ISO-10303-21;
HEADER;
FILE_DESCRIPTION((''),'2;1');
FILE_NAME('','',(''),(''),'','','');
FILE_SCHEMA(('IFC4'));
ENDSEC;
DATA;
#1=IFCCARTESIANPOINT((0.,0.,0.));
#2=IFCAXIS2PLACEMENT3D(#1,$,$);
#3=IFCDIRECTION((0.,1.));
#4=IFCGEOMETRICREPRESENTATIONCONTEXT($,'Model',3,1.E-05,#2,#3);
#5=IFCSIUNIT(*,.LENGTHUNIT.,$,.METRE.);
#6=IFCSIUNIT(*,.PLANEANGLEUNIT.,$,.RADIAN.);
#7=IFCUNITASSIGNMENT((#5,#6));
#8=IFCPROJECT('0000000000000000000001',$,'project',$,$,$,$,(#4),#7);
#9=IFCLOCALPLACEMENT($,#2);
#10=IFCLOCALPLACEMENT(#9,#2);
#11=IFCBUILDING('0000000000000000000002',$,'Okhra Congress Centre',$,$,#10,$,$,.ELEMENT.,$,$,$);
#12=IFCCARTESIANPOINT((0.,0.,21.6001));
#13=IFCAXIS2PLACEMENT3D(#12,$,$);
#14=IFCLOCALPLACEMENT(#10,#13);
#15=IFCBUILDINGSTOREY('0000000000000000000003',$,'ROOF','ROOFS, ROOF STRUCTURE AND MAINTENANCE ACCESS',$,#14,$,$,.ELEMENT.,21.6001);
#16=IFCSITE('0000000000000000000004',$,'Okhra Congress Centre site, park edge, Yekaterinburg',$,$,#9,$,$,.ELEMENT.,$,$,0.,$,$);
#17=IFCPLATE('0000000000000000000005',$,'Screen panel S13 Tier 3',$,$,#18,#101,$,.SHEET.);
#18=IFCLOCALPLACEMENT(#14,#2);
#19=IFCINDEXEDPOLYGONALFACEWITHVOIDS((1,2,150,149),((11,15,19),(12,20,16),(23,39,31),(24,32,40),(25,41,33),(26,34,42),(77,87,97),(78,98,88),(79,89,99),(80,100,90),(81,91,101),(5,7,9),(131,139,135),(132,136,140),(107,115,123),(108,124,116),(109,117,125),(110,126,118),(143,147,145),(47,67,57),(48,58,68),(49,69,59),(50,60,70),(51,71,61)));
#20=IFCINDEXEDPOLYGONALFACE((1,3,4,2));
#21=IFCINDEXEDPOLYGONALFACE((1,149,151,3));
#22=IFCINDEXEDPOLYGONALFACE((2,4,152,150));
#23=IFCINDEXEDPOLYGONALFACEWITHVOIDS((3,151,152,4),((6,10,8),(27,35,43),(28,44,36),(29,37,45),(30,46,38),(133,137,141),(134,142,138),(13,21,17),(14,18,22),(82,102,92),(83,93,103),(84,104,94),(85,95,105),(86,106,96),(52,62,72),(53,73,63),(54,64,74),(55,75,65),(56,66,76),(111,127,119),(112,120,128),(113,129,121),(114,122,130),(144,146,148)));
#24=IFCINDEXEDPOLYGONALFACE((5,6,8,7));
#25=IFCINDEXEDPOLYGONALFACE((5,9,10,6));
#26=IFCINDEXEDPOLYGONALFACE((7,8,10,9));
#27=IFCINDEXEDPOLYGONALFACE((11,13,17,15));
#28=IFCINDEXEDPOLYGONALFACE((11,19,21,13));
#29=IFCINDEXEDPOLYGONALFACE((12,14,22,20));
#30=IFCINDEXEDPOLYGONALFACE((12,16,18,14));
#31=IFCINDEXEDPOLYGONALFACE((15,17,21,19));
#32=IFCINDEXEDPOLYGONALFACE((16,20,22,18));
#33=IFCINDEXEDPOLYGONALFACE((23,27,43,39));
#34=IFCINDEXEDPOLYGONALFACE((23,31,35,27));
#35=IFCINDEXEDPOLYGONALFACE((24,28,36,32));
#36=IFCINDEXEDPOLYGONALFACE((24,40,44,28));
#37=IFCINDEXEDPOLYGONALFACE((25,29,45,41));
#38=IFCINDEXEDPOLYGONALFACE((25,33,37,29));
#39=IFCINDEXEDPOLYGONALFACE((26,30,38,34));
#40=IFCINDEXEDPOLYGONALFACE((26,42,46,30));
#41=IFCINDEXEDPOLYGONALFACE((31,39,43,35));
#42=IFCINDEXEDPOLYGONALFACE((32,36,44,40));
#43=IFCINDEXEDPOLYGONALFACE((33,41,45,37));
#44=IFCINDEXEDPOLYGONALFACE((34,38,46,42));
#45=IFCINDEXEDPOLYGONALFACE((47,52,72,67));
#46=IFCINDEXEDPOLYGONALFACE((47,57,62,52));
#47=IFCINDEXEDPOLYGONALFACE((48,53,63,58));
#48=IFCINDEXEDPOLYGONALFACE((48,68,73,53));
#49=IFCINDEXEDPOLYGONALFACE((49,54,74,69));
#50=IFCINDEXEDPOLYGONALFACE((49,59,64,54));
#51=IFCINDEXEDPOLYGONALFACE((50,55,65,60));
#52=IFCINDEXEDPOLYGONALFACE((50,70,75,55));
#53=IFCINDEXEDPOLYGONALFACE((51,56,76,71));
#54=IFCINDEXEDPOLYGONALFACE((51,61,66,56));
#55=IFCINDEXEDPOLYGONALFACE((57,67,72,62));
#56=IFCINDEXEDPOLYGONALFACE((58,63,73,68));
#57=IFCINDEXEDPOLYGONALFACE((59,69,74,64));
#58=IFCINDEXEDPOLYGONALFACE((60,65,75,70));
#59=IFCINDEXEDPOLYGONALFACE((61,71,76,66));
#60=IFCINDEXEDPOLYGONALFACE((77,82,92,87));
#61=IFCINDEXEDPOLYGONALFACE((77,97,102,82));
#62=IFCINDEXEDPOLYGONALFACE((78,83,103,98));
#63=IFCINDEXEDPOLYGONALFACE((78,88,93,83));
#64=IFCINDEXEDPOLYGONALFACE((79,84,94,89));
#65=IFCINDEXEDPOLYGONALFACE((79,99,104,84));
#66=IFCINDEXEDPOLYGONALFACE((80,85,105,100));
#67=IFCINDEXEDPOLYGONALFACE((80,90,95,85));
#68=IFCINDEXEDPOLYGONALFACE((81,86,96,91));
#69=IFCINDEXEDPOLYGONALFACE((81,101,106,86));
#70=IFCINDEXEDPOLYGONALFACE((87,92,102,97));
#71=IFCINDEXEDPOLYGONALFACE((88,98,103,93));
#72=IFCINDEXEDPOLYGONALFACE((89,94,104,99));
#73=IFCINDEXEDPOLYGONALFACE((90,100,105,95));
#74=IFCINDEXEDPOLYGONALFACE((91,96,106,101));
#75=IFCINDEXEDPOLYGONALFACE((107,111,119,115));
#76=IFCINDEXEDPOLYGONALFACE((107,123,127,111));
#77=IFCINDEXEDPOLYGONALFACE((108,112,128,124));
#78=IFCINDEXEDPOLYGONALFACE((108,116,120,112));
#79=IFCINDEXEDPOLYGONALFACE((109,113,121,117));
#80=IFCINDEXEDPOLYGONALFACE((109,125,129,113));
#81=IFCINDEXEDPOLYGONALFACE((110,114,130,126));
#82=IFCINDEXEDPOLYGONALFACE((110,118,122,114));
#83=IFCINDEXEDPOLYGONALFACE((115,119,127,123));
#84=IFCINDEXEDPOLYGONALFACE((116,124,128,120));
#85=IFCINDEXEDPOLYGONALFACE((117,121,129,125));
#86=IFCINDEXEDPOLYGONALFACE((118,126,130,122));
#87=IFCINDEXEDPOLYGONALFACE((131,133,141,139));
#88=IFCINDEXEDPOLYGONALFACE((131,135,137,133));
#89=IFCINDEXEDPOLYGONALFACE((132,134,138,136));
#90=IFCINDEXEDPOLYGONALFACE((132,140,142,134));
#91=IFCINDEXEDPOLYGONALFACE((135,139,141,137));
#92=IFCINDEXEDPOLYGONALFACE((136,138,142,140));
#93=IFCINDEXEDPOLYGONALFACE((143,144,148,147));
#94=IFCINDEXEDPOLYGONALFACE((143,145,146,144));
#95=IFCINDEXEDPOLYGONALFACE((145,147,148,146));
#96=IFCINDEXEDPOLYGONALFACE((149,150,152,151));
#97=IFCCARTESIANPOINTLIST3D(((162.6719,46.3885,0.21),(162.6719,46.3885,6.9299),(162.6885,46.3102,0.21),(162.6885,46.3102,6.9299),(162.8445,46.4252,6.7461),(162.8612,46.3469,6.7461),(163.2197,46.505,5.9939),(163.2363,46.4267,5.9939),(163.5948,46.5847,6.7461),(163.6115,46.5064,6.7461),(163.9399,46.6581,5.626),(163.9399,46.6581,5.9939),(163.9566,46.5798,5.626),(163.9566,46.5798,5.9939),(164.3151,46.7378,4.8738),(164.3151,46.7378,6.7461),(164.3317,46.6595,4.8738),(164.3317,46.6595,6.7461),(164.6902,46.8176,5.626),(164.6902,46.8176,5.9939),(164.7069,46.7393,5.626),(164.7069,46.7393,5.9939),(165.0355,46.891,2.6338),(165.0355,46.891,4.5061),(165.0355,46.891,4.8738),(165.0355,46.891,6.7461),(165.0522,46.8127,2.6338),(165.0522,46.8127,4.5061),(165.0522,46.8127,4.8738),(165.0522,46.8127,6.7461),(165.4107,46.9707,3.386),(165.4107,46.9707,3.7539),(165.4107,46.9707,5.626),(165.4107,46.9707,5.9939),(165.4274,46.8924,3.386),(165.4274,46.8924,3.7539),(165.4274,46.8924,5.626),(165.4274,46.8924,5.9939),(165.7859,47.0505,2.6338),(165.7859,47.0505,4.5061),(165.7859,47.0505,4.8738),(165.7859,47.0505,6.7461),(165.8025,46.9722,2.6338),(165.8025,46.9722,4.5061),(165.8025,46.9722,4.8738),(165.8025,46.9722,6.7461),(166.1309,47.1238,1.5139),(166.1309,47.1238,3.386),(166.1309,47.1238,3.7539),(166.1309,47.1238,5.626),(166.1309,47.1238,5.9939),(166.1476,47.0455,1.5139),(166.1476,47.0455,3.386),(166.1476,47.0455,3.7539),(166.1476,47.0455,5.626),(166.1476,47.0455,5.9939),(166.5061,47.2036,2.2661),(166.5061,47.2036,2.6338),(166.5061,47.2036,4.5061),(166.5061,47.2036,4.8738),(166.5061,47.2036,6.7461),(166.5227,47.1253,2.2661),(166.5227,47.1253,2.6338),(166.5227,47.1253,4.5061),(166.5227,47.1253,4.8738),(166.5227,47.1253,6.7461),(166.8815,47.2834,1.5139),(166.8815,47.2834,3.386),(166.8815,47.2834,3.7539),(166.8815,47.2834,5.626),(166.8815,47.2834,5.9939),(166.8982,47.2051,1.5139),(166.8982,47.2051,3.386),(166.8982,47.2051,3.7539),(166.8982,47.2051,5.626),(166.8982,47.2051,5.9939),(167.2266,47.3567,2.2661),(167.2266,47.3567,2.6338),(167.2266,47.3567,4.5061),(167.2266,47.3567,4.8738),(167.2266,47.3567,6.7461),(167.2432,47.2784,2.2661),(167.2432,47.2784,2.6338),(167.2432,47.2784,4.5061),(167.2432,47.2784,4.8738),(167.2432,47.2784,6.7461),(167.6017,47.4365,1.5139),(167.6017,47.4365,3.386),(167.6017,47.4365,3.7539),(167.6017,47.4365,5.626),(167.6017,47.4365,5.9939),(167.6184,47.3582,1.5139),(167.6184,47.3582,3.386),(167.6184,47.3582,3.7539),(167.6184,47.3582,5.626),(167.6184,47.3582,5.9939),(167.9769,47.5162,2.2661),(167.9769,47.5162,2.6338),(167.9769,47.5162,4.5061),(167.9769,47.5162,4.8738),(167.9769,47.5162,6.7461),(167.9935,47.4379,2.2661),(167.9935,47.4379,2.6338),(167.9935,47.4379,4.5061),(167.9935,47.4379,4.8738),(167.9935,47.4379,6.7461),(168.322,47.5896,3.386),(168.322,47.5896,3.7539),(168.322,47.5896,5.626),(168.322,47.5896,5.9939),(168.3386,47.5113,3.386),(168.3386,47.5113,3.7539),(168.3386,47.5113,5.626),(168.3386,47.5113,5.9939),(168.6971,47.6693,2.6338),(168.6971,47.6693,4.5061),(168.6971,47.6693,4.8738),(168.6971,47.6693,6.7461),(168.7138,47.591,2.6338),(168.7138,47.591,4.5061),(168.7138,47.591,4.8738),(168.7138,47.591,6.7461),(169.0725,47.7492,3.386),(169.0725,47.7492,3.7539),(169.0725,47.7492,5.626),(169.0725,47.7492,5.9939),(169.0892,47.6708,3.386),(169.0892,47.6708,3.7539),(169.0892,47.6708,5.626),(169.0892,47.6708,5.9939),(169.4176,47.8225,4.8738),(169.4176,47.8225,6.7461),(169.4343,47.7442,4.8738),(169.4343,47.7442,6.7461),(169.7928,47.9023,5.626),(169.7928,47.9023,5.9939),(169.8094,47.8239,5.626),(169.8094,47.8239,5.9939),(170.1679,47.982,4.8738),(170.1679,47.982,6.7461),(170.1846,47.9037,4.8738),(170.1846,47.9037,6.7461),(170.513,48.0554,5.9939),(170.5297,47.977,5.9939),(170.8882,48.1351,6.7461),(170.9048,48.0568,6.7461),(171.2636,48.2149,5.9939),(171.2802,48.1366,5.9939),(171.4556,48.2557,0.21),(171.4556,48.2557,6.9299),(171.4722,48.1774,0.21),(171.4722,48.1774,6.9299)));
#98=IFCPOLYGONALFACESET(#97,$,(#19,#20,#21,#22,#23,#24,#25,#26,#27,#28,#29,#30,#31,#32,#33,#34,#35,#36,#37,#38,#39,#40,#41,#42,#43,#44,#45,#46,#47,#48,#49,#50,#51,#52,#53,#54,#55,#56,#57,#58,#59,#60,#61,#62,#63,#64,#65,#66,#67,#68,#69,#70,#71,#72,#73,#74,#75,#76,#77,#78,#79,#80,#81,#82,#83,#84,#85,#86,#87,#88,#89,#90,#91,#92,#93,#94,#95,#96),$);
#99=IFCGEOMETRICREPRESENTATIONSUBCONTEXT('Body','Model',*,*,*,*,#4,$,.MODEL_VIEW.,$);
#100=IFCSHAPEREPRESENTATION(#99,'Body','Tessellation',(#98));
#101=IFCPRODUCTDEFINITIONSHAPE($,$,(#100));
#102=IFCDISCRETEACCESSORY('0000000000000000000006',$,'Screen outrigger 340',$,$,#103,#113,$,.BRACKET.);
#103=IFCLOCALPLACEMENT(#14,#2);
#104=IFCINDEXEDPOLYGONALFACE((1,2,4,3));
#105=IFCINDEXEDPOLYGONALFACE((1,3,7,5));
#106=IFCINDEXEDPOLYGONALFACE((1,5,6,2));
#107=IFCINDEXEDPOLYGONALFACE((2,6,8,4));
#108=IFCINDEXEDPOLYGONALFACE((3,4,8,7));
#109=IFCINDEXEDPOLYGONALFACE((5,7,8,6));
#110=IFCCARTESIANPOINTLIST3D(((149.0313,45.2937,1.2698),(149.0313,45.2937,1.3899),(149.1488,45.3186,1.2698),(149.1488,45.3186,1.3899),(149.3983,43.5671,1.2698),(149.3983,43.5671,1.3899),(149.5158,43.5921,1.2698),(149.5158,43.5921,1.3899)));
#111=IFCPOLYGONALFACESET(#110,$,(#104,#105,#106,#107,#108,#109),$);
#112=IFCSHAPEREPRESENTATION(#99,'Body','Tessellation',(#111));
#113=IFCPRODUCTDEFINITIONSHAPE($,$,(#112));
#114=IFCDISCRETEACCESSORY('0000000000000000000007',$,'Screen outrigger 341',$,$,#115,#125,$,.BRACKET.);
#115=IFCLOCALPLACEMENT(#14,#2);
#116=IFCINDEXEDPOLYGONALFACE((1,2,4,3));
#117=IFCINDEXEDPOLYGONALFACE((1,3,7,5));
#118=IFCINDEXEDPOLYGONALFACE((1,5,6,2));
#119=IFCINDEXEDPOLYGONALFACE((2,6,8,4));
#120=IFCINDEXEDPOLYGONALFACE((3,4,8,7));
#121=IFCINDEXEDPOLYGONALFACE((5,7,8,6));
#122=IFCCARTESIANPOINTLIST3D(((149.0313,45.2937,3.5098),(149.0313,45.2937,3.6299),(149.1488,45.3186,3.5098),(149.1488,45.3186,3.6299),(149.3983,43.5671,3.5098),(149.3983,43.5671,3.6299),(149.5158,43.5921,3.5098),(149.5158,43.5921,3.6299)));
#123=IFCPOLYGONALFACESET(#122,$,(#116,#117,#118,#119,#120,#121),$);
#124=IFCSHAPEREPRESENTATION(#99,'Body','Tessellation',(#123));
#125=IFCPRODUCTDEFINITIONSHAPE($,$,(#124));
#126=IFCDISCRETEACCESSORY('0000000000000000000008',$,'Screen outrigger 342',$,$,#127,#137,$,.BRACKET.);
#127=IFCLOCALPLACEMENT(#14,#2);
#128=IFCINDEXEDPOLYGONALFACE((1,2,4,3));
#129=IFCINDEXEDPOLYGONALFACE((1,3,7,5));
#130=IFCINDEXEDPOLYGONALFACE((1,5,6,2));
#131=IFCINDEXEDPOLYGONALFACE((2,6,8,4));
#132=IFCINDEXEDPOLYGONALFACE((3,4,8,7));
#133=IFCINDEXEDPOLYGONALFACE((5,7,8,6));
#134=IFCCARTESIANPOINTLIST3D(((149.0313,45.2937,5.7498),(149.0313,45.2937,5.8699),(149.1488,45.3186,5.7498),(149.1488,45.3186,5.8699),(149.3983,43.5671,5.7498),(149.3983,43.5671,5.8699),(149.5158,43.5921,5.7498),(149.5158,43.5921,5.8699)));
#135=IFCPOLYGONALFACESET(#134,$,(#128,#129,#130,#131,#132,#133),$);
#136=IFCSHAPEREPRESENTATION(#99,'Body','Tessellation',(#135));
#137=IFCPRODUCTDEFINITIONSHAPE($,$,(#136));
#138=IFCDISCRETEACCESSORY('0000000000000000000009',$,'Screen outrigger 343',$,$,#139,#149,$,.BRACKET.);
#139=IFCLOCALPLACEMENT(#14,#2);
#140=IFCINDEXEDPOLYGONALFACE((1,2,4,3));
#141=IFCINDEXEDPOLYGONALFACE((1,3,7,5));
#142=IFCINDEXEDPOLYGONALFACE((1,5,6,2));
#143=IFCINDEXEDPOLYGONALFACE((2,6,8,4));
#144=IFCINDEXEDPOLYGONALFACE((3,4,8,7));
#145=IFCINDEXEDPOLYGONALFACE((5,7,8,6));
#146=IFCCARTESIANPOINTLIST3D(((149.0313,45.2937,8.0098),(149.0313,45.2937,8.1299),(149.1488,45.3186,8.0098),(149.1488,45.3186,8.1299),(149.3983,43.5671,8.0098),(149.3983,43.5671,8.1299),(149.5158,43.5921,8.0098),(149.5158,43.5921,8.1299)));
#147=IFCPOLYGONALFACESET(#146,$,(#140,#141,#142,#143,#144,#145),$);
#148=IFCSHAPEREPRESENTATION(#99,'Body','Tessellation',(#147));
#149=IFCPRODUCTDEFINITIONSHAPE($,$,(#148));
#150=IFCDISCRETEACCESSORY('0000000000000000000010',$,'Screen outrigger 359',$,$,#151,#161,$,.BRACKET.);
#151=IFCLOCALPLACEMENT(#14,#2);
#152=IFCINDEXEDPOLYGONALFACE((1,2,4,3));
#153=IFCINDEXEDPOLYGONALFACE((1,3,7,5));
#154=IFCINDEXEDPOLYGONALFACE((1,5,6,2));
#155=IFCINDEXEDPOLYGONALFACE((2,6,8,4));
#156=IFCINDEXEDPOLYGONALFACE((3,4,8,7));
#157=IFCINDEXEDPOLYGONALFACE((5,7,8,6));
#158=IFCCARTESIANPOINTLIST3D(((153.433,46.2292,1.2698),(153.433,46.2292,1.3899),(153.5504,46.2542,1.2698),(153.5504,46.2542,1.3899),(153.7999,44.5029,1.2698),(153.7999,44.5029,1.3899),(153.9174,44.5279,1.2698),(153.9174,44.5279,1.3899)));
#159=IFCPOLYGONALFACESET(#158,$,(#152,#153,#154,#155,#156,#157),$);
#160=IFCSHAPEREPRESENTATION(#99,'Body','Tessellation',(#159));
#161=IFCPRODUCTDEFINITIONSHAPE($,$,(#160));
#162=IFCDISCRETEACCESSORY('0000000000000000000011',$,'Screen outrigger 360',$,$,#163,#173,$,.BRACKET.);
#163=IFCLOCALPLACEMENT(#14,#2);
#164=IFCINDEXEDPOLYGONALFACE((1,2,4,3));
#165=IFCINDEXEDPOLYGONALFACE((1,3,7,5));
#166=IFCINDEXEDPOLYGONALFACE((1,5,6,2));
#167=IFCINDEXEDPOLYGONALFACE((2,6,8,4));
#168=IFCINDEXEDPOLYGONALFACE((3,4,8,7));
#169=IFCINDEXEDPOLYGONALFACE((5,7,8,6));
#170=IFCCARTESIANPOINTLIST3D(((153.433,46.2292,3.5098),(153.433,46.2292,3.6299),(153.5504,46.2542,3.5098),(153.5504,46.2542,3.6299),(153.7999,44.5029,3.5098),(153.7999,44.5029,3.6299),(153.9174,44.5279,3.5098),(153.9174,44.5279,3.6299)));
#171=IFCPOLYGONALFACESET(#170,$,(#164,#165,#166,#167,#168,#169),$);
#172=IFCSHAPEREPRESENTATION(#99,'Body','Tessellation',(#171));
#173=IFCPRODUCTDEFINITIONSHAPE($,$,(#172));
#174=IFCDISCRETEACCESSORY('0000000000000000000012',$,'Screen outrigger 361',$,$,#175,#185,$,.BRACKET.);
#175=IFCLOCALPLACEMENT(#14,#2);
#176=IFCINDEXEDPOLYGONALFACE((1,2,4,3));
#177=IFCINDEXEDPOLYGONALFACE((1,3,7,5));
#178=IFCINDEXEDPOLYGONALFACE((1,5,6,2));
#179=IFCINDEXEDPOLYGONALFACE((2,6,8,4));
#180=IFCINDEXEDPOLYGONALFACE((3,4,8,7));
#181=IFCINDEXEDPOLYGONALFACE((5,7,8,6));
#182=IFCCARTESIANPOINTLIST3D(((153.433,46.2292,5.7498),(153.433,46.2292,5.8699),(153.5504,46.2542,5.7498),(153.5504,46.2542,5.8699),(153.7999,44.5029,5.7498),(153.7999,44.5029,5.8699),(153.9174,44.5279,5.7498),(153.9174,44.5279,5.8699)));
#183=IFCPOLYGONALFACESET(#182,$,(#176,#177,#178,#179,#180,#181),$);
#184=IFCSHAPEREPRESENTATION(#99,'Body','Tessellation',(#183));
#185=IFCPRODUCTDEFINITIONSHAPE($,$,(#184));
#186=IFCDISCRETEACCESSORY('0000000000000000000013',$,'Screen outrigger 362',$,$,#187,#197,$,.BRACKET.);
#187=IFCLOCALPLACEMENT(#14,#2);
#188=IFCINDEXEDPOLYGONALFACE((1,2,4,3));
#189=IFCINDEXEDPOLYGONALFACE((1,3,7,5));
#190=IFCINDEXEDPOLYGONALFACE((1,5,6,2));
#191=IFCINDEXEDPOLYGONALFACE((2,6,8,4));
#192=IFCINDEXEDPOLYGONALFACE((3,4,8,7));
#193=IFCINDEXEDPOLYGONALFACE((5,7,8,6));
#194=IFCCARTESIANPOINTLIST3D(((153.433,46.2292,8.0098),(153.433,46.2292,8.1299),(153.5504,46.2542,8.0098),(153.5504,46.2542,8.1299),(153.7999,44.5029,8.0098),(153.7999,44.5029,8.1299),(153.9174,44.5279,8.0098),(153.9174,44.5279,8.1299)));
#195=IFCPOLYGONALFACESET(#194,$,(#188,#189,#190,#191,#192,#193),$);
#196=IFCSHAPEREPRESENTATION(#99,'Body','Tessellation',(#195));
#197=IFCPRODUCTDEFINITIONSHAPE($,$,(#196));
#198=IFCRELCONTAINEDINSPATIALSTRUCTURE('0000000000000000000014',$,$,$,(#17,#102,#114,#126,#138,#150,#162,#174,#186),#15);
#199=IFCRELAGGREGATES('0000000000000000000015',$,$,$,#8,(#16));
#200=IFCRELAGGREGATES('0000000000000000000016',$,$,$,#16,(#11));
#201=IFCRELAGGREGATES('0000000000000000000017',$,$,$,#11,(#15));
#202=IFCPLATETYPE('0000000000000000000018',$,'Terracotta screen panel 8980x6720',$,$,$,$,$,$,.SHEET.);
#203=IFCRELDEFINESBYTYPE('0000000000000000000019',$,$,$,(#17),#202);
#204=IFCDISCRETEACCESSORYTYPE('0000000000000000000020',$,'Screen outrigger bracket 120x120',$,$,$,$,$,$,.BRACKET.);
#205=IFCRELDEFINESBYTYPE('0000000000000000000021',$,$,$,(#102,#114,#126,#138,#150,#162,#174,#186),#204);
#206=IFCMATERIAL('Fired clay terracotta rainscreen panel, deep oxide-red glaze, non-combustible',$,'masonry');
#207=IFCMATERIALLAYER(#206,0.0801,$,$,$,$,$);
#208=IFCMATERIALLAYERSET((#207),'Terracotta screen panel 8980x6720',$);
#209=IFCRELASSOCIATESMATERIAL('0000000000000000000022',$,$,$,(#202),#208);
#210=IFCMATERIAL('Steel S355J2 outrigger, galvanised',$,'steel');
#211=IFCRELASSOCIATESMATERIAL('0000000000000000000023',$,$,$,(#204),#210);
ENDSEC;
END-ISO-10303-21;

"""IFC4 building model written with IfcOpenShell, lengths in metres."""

from ifc_helpers import new_model, si_unit, direction, frame, origin, origin_2d, place, context, subcontext, project, spatial, polyline, rectangle, outline, extrude, material, layer, layer_set, material_profile, profile_set, type_object, element, save


model = new_model("IFC4")

# Units and contexts
model_context = context("Model", 3, precision=1e-05, world=origin(), true_north=direction((0.0, 1.0)))
body_context = subcontext(model_context, "Body", "Model", "MODEL_VIEW")
ifc_project = project(units=[si_unit("LENGTHUNIT", "METRE"), si_unit("PLANEANGLEUNIT", "RADIAN")], contexts=[model_context])

# Site, building, storey
site_placement = place(None, origin())
site = spatial("IfcSite", under=ifc_project, at=site_placement, Name="Okhra Congress Centre site, park edge, Yekaterinburg", CompositionType="ELEMENT", RefElevation=0.0)
building_placement = place(site_placement, origin())
building = spatial("IfcBuilding", under=site, at=building_placement, Name="Okhra Congress Centre", CompositionType="ELEMENT")
storey_placement = place(building_placement, frame((0.0, 0.0, 21.6001)))
storey = spatial("IfcBuildingStorey", under=building, at=storey_placement, Name="ROOF", Description="ROOFS, ROOF STRUCTURE AND MAINTENANCE ACCESS", CompositionType="ELEMENT", Elevation=21.6001)

# Plate
ifc_material_1 = material(Name="Fired clay terracotta rainscreen panel, deep oxide-red glaze, non-combustible", Category="masonry")
ifc_layer_1 = layer(ifc_material_1, 0.0801)
ifc_layer_set_1 = layer_set([ifc_layer_1], Name="Terracotta screen panel 8980x6720")
plate_type_1 = type_object("IfcPlateType", Name="Terracotta screen panel 8980x6720", PredefinedType="SHEET", material=ifc_layer_set_1)
plate_1_placement = place(storey_placement, frame((162.6802, 46.3494, 0.21), z_axis=(0.0, 0.0, 1.0), x_axis=(0.978144, 0.207928, 0.0)))
element("IfcPlate", 1, at=plate_1_placement, inside=storey, type_object=plate_type_1, Name="Screen panel S13 Tier 3", PredefinedType="SHEET", context=body_context, shape_type="SweptSolid", body=[
    extrude(outline(polyline([(0.0, 0.0), (8.98, 0.0), (8.98, 6.72), (0.0, 6.72), (0.0, 0.0)]), holes=[polyline([(3.5364, 1.304), (4.3037, 1.304), (3.9199, 2.0562), (3.5364, 1.304)]), polyline([(4.6565, 2.0562), (5.04, 1.304), (5.4236, 2.0562), (4.6565, 2.0562)]), polyline([(2.4165, 2.4238), (3.1836, 2.4238), (2.8, 3.176), (2.4165, 2.4238)]), polyline([(3.5364, 3.176), (3.9199, 2.4238), (4.3037, 3.176), (3.5364, 3.176)]), polyline([(4.6565, 2.4238), (5.4236, 2.4238), (5.04, 3.176), (4.6565, 2.4238)]), polyline([(5.7764, 3.176), (6.1599, 2.4238), (6.5437, 3.176), (5.7764, 3.176)]), polyline([(2.4165, 4.2961), (2.8, 3.5439), (3.1836, 4.2961), (2.4165, 4.2961)]), polyline([(3.5364, 3.5439), (4.3037, 3.5439), (3.9199, 4.2961), (3.5364, 3.5439)]), polyline([(4.6565, 4.2961), (5.04, 3.5439), (5.4236, 4.2961), (4.6565, 4.2961)]), polyline([(5.7764, 3.5439), (6.5437, 3.5439), (6.1599, 4.2961), (5.7764, 3.5439)]), polyline([(1.2964, 5.416), (1.6799, 4.6638), (2.0635, 5.416), (1.2964, 5.416)]), polyline([(2.4165, 4.6638), (3.1836, 4.6638), (2.8, 5.416), (2.4165, 4.6638)]), polyline([(3.5364, 5.416), (3.9199, 4.6638), (4.3037, 5.416), (3.5364, 5.416)]), polyline([(4.6565, 4.6638), (5.4236, 4.6638), (5.04, 5.416), (4.6565, 4.6638)]), polyline([(5.7764, 5.416), (6.1599, 4.6638), (6.5437, 5.416), (5.7764, 5.416)]), polyline([(6.8965, 4.6638), (7.6636, 4.6638), (7.28, 5.416), (6.8965, 4.6638)]), polyline([(0.1765, 6.5361), (0.5601, 5.7839), (0.9436, 6.5361), (0.1765, 6.5361)]), polyline([(1.2964, 5.7839), (2.0635, 5.7839), (1.6799, 6.5361), (1.2964, 5.7839)]), polyline([(2.4165, 6.5361), (2.8, 5.7839), (3.1836, 6.5361), (2.4165, 6.5361)]), polyline([(3.5364, 5.7839), (4.3037, 5.7839), (3.9199, 6.5361), (3.5364, 5.7839)]), polyline([(4.6565, 6.5361), (5.04, 5.7839), (5.4236, 6.5361), (4.6565, 6.5361)]), polyline([(5.7764, 5.7839), (6.5437, 5.7839), (6.1599, 6.5361), (5.7764, 5.7839)]), polyline([(6.8965, 6.5361), (7.28, 5.7839), (7.6636, 6.5361), (6.8965, 6.5361)]), polyline([(8.0164, 5.7839), (8.7837, 5.7839), (8.3999, 6.5361), (8.0164, 5.7839)])]), frame((0.0, 0.04, 0.0), z_axis=(0.0, -1.0, 0.0), x_axis=(1.0, 0.0, 0.0)), (0.0, 0.0, 1.0), 0.0801),
])

# Discrete accessories
ifc_material_2 = material(Name="Steel S355J2 outrigger, galvanised", Category="steel")
ifc_material_profile_1 = material_profile(ifc_material_2, rectangle(XDim=0.1201, YDim=0.1201, at=origin_2d()), Name="Screen outrigger bracket 120x120")
ifc_profile_set_1 = profile_set([ifc_material_profile_1], Name="Steel S355J2 outrigger, galvanised")
discrete_accessory_type = type_object("IfcDiscreteAccessoryType", Name="Screen outrigger bracket 120x120", PredefinedType="BRACKET", material=ifc_profile_set_1)
for number, where, z_axis, x_axis, name in (
    (2, (149.0901, 45.3062, 1.3298), (0.207885, -0.978153, 0.0), (0.978153, 0.207885, 0.0), "Screen outrigger 340"),
    (3, (149.0901, 45.3062, 3.5698), (0.207885, -0.978153, 0.0), (0.978153, 0.207885, 0.0), "Screen outrigger 341"),
    (4, (149.0901, 45.3062, 5.8098), (0.207885, -0.978153, 0.0), (0.978153, 0.207885, 0.0), "Screen outrigger 342"),
    (5, (149.0901, 45.3062, 8.0698), (0.207885, -0.978153, 0.0), (0.978153, 0.207885, 0.0), "Screen outrigger 343"),
):
    element("IfcDiscreteAccessory", number, at=place(storey_placement, frame(where, z_axis=z_axis, x_axis=x_axis)), inside=storey, type_object=discrete_accessory_type, Name=name, PredefinedType="BRACKET", context=body_context, shape_type="SweptSolid", body=[
        extrude(rectangle(XDim=0.1201, YDim=0.1201, at=origin_2d()), origin(), (0.0, 0.0, 1.0), 1.7651),
    ])
for number, where, z_axis, x_axis, name in (
    (6, (153.4917, 46.2417, 1.3298), (0.207913, -0.978147, 0.0), (0.978147, 0.207913, 0.0), "Screen outrigger 359"),
    (7, (153.4917, 46.2417, 3.5698), (0.207913, -0.978147, 0.0), (0.978147, 0.207913, 0.0), "Screen outrigger 360"),
    (8, (153.4917, 46.2417, 5.8098), (0.207913, -0.978147, 0.0), (0.978147, 0.207913, 0.0), "Screen outrigger 361"),
    (9, (153.4917, 46.2417, 8.0698), (0.207913, -0.978147, 0.0), (0.978147, 0.207913, 0.0), "Screen outrigger 362"),
):
    element("IfcDiscreteAccessory", number, at=place(storey_placement, frame(where, z_axis=z_axis, x_axis=x_axis)), inside=storey, type_object=discrete_accessory_type, Name=name, PredefinedType="BRACKET", context=body_context, shape_type="SweptSolid", body=[
        extrude(rectangle(XDim=0.1201, YDim=0.1201, at=origin_2d()), origin(), (0.0, 0.0, 1.0), 1.7649),
    ])

save(model, "model.ifc")
